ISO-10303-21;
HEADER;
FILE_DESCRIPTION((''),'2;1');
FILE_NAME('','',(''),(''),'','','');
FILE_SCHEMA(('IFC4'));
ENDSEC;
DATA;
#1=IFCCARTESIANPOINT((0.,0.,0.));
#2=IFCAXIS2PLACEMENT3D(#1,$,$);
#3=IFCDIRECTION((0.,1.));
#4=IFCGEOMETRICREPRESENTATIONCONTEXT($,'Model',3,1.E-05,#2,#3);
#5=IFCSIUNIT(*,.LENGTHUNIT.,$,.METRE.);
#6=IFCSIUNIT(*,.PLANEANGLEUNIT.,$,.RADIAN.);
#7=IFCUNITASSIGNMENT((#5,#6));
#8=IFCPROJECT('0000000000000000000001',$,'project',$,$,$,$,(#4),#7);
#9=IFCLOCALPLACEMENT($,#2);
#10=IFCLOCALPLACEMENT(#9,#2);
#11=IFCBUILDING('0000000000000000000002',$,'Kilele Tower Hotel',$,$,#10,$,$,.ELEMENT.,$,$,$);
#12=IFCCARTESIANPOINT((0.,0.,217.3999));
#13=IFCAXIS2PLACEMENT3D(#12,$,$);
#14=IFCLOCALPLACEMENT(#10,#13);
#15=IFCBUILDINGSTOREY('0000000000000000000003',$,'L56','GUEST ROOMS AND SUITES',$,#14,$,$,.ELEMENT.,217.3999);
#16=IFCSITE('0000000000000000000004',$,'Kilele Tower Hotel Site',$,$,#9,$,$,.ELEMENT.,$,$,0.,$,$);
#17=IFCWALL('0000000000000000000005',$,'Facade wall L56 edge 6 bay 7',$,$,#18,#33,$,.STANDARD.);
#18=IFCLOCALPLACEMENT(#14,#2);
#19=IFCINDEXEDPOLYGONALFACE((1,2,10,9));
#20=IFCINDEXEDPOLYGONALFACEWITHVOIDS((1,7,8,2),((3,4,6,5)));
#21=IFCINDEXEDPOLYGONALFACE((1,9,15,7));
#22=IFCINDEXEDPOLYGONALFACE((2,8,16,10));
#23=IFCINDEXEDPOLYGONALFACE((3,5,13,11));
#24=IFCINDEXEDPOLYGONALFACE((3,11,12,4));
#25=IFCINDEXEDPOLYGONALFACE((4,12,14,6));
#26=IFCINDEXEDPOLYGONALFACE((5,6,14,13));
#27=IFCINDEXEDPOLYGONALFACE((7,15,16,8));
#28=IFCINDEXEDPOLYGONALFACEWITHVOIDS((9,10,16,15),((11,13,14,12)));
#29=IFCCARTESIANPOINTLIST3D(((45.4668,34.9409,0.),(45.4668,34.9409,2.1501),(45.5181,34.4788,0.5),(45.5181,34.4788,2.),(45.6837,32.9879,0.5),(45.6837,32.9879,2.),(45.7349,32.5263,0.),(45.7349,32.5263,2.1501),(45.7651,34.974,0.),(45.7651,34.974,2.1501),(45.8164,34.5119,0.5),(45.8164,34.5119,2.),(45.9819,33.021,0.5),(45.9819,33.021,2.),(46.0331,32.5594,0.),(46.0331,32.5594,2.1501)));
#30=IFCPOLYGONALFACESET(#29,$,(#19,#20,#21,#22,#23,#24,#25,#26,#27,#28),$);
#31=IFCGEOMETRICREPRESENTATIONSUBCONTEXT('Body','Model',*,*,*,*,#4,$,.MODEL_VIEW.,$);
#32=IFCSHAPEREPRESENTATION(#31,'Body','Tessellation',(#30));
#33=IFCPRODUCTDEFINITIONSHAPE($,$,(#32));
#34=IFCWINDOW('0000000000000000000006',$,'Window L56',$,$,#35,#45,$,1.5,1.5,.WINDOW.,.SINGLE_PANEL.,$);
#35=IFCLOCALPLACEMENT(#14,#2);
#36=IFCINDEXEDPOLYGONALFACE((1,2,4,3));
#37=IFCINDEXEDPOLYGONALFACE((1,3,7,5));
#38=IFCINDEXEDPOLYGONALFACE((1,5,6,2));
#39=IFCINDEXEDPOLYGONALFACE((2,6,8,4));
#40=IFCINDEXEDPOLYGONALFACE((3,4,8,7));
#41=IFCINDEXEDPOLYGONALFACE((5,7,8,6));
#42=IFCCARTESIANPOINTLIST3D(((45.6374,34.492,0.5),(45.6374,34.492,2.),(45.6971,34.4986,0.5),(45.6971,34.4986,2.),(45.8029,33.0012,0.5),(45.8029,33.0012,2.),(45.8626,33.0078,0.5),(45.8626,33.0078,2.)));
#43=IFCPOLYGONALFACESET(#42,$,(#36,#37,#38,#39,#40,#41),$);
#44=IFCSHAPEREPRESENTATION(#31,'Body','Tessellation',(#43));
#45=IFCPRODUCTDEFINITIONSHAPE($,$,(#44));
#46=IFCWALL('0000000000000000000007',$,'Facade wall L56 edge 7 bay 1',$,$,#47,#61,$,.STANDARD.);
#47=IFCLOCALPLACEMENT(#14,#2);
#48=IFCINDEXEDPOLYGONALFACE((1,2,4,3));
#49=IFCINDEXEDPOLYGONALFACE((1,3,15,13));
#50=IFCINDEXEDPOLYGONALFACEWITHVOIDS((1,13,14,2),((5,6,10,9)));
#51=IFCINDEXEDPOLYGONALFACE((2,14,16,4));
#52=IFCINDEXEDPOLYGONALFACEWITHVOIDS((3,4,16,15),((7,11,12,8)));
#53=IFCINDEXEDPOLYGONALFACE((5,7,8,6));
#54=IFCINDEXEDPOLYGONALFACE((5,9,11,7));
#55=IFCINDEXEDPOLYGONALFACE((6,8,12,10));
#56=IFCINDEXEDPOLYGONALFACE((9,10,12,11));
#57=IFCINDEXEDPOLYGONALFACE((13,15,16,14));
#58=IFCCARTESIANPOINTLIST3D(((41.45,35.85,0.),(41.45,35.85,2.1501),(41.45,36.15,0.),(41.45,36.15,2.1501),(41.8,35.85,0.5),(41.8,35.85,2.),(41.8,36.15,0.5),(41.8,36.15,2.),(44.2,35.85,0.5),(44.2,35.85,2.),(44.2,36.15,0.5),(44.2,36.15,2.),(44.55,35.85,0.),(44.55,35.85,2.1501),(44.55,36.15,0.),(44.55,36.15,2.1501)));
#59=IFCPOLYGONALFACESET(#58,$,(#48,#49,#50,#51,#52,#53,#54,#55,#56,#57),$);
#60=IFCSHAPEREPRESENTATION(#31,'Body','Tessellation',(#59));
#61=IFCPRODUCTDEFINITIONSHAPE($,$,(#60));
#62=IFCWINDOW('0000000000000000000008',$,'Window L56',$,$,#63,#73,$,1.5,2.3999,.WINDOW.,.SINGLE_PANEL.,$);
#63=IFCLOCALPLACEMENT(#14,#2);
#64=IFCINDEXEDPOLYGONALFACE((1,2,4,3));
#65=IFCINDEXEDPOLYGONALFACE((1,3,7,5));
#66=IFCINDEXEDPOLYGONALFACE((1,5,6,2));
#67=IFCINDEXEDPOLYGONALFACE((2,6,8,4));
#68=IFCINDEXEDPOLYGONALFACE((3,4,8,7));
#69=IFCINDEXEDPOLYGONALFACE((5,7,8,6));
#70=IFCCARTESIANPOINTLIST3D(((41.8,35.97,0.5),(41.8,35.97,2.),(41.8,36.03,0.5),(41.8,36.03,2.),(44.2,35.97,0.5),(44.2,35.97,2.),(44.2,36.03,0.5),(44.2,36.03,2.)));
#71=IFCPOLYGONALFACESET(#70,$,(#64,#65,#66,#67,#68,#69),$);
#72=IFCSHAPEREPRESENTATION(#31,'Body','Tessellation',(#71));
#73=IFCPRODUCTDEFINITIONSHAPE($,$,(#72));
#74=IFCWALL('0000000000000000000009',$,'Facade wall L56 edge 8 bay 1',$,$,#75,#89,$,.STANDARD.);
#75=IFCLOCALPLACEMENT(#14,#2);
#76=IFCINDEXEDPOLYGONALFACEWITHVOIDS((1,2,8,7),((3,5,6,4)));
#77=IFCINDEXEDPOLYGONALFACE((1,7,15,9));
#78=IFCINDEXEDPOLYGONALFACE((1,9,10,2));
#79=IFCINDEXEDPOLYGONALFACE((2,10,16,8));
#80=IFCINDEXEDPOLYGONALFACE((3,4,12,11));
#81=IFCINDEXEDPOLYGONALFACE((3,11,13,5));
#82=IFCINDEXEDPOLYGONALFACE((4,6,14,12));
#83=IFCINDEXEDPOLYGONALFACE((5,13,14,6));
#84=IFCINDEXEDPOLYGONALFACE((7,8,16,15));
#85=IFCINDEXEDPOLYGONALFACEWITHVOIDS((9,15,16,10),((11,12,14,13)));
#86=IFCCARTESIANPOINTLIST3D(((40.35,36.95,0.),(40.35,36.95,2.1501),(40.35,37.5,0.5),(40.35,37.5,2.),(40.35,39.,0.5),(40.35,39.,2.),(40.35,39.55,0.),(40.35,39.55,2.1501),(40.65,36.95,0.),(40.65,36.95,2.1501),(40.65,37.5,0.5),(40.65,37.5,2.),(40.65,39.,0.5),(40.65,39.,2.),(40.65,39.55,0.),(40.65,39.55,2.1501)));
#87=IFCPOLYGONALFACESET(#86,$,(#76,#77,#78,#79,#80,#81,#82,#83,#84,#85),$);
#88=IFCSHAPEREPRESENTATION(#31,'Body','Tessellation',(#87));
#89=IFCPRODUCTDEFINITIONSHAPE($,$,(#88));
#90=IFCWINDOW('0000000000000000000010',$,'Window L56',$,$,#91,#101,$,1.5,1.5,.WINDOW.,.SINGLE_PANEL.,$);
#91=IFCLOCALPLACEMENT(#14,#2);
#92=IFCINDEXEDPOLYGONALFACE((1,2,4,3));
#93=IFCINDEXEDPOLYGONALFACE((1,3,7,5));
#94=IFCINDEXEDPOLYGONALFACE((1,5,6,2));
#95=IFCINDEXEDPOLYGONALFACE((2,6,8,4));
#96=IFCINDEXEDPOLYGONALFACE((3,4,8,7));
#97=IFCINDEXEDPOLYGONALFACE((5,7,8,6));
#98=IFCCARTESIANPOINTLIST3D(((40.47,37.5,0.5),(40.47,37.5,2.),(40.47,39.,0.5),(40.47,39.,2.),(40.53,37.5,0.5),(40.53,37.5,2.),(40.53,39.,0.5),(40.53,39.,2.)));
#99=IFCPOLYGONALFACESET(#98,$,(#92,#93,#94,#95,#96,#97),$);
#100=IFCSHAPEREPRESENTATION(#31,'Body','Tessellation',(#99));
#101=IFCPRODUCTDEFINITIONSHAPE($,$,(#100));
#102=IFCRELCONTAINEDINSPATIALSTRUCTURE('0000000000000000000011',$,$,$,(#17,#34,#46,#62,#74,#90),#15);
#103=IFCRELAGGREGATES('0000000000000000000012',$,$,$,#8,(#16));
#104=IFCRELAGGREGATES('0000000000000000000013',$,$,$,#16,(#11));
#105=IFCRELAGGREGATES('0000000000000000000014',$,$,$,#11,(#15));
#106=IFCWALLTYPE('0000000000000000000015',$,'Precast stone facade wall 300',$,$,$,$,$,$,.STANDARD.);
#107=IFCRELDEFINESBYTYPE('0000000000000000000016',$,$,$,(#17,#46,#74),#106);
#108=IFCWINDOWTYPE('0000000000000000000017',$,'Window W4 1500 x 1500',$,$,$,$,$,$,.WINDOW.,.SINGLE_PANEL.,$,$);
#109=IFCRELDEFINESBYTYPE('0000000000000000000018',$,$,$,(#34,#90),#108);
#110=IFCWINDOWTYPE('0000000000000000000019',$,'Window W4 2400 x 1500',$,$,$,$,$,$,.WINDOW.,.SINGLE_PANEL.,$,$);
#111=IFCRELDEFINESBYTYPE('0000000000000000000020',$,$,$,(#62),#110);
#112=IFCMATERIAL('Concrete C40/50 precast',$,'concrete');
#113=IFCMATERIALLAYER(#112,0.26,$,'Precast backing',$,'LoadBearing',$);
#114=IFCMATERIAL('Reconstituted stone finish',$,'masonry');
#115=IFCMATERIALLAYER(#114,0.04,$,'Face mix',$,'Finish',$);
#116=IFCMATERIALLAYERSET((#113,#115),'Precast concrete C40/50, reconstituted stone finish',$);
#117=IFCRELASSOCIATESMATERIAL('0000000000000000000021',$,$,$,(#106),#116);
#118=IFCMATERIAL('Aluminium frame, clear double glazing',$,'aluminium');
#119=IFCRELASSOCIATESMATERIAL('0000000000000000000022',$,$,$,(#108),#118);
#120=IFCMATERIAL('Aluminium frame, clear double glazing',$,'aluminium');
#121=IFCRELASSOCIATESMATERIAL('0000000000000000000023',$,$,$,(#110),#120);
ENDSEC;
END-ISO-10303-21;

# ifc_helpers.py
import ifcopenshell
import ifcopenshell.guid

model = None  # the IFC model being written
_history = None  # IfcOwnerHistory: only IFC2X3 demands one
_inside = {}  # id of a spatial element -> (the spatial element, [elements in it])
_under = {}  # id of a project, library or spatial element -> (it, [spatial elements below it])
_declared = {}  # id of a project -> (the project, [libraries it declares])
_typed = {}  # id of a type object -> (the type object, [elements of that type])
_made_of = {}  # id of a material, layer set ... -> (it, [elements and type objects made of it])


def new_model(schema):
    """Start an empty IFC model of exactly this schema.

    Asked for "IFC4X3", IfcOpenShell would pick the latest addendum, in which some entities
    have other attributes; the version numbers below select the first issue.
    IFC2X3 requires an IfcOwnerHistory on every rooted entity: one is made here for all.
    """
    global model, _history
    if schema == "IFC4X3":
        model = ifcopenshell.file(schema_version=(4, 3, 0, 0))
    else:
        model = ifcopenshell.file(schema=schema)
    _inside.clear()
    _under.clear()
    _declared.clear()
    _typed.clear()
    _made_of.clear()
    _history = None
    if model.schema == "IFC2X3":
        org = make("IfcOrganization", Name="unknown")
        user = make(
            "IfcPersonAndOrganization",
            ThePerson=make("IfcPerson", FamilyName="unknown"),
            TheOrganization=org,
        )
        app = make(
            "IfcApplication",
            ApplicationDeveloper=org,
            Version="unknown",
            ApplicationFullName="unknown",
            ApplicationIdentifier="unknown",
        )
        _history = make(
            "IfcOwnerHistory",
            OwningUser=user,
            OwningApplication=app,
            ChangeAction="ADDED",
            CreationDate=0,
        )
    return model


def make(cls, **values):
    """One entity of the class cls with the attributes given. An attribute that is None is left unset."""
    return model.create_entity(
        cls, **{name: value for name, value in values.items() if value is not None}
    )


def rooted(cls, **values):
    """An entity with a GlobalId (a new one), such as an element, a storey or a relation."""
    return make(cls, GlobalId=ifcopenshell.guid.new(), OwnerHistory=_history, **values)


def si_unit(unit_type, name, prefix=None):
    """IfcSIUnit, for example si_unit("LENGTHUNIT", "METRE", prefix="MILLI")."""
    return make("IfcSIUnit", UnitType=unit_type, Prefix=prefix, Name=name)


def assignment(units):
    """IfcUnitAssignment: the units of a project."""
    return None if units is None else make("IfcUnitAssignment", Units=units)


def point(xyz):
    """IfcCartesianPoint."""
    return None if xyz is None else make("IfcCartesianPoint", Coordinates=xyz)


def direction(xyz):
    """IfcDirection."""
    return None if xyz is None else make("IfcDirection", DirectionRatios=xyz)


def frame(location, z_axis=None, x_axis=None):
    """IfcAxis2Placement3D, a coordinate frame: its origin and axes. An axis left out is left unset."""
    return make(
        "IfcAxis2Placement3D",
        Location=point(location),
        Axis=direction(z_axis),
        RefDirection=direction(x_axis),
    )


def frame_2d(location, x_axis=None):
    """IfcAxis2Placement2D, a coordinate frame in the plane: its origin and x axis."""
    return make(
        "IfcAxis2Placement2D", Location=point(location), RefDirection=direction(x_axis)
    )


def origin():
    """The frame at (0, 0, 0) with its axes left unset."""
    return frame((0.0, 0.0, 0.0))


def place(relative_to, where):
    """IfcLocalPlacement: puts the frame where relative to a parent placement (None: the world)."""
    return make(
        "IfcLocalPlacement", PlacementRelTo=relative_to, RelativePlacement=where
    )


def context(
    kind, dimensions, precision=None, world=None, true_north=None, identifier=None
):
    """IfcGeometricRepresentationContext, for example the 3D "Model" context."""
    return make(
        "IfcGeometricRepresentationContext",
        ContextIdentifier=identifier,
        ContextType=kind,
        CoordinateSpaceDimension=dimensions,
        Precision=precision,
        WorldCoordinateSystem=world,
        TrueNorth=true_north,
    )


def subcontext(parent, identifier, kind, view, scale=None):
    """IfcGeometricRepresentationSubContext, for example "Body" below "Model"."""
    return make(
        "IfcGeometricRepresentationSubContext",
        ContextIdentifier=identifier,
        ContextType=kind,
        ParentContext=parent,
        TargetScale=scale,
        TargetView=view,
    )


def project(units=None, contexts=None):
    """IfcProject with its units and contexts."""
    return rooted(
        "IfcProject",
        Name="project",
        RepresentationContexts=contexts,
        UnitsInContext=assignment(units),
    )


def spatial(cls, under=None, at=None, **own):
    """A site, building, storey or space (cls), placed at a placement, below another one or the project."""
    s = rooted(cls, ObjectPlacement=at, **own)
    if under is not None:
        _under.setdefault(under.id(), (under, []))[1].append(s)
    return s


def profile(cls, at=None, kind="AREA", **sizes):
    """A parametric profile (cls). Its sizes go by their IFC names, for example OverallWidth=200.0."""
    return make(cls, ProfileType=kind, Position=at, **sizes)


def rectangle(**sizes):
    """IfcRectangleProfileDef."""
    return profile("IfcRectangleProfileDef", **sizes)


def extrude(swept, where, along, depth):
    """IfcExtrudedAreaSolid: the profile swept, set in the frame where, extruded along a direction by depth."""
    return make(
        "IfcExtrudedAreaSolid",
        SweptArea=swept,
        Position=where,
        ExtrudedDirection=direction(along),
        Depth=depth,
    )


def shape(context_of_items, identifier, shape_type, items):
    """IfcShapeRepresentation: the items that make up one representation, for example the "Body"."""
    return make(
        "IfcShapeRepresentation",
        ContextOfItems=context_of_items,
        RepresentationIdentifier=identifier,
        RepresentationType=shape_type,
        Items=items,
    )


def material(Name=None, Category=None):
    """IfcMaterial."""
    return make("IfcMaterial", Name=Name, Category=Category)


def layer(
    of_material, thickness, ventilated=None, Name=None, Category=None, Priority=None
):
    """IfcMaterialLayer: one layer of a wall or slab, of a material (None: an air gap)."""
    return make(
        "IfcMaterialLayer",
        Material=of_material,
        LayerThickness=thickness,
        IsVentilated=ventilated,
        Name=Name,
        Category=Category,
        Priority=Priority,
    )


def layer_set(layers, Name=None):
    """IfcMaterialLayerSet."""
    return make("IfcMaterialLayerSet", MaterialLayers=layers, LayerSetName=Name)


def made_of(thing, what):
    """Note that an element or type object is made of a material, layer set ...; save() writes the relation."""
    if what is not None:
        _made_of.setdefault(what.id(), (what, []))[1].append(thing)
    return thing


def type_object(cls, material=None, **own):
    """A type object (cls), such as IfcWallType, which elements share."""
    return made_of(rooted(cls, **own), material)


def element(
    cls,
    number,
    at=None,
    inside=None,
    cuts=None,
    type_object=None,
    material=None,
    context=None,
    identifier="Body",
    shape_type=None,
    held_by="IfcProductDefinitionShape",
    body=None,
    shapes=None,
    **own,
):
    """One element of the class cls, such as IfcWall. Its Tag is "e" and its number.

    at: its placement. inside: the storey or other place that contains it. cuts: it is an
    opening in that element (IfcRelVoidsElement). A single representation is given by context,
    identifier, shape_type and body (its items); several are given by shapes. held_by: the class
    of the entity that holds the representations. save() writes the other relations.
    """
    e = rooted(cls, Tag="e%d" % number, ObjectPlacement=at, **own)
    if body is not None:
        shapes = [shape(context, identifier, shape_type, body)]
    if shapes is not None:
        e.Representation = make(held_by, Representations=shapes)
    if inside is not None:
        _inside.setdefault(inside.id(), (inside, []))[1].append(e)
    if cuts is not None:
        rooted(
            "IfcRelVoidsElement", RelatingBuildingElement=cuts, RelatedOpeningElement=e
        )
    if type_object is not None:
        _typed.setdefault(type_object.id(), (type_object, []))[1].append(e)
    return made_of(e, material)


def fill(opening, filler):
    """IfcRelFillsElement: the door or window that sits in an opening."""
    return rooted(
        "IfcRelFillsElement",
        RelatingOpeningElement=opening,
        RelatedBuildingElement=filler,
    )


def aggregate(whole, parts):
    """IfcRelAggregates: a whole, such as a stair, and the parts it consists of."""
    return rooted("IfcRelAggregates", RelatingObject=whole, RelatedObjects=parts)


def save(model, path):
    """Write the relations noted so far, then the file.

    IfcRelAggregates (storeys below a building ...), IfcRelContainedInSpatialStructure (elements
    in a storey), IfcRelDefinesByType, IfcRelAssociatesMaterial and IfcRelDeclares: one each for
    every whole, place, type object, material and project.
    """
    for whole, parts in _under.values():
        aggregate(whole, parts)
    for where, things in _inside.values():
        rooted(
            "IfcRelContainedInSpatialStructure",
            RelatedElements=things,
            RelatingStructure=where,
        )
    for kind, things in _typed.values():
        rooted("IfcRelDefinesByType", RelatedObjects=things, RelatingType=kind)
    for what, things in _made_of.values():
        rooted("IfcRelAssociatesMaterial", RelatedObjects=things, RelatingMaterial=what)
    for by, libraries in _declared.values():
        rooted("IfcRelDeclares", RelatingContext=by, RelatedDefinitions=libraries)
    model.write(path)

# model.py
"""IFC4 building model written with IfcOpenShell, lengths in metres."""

from ifc_helpers import new_model, si_unit, direction, frame, frame_2d, origin, place, context, subcontext, project, spatial, rectangle, extrude, material, layer, layer_set, type_object, element, fill, save


model = new_model("IFC4")

# Units and contexts
model_context = context("Model", 3, precision=1e-05, world=origin(), true_north=direction((0.0, 1.0)))
body_context = subcontext(model_context, "Body", "Model", "MODEL_VIEW")
ifc_project = project(units=[si_unit("LENGTHUNIT", "METRE"), si_unit("PLANEANGLEUNIT", "RADIAN")], contexts=[model_context])

# Site, building, storey
site_placement = place(None, origin())
site = spatial("IfcSite", under=ifc_project, at=site_placement, Name="Kilele Tower Hotel Site", CompositionType="ELEMENT", RefElevation=0.0)
building_placement = place(site_placement, origin())
building = spatial("IfcBuilding", under=site, at=building_placement, Name="Kilele Tower Hotel", CompositionType="ELEMENT")
storey_placement = place(building_placement, frame((0.0, 0.0, 217.3999)))
storey = spatial("IfcBuildingStorey", under=building, at=storey_placement, Name="L56", Description="GUEST ROOMS AND SUITES", CompositionType="ELEMENT", Elevation=217.3999)

# Walls, openings, windows
ifc_material_1 = material(Name="Concrete C40/50 precast", Category="concrete")
ifc_layer_1 = layer(ifc_material_1, 0.26, Name="Precast backing", Category="LoadBearing")
ifc_material_2 = material(Name="Reconstituted stone finish", Category="masonry")
ifc_layer_2 = layer(ifc_material_2, 0.04, Name="Face mix", Category="Finish")
ifc_layer_set_1 = layer_set([ifc_layer_1, ifc_layer_2], Name="Precast concrete C40/50, reconstituted stone finish")
wall_type_1 = type_object("IfcWallType", Name="Precast stone facade wall 300", PredefinedType="STANDARD", material=ifc_layer_set_1)
wall_1_placement = place(storey_placement, frame((45.884, 32.5427, 0.0), z_axis=(0.0, 0.0, 1.0), x_axis=(-0.110343, 0.993894, 0.0)))
wall_1 = element("IfcWall", 1, at=wall_1_placement, inside=storey, type_object=wall_type_1, Name="Facade wall L56 edge 6 bay 7", PredefinedType="STANDARD", context=body_context, shape_type="SweptSolid", body=[
    extrude(rectangle(XDim=2.4294, YDim=0.3, at=frame_2d((1.2148, 0.0))), origin(), (0.0, 0.0, 1.0), 2.1501),
])
opening_1_placement = place(wall_1_placement, frame((0.4646, 0.0, 0.5)))
opening_1 = element("IfcOpeningElement", 2, at=opening_1_placement, cuts=wall_1, PredefinedType="OPENING", context=body_context, shape_type="SweptSolid", body=[
    extrude(rectangle(XDim=1.5, YDim=1.5, at=frame_2d((0.75, 0.75))), frame((0.0, 0.1599, 0.0), z_axis=(0.0, -1.0, 0.0), x_axis=(1.0, 0.0, 0.0)), (0.0, 0.0, 1.0), 0.3201),
])
ifc_material_3 = material(Name="Aluminium frame, clear double glazing", Category="aluminium")
window_type_1 = type_object("IfcWindowType", Name="Window W4 1500 x 1500", PartitioningType="SINGLE_PANEL", PredefinedType="WINDOW", material=ifc_material_3)
window_1_placement = place(opening_1_placement, origin())
window_1 = element("IfcWindow", 3, at=window_1_placement, inside=storey, type_object=window_type_1, Name="Window L56", OverallHeight=1.5, OverallWidth=1.5, PartitioningType="SINGLE_PANEL", PredefinedType="WINDOW", context=body_context, shape_type="SweptSolid", body=[
    extrude(rectangle(XDim=1.5, YDim=1.5, at=frame_2d((0.75, 0.75))), frame((0.0, 0.03, 0.0), z_axis=(0.0, -1.0, 0.0), x_axis=(1.0, 0.0, 0.0)), (0.0, 0.0, 1.0), 0.0601),
])
fill(opening_1, window_1)
wall_2_placement = place(storey_placement, frame((44.55, 36.0, 0.0), z_axis=(0.0, 0.0, 1.0), x_axis=(-1.0, 0.0, 0.0)))
wall_2 = element("IfcWall", 4, at=wall_2_placement, inside=storey, type_object=wall_type_1, Name="Facade wall L56 edge 7 bay 1", PredefinedType="STANDARD", context=body_context, shape_type="SweptSolid", body=[
    extrude(rectangle(XDim=3.1001, YDim=0.3, at=frame_2d((1.55, 0.0))), origin(), (0.0, 0.0, 1.0), 2.1501),
])
opening_2_placement = place(wall_2_placement, frame((0.3501, 0.0, 0.5)))
opening_2 = element("IfcOpeningElement", 5, at=opening_2_placement, cuts=wall_2, PredefinedType="OPENING", context=body_context, shape_type="SweptSolid", body=[
    extrude(rectangle(XDim=2.3999, YDim=1.5, at=frame_2d((1.2, 0.75))), frame((0.0, 0.1599, 0.0), z_axis=(0.0, -1.0, 0.0), x_axis=(1.0, 0.0, 0.0)), (0.0, 0.0, 1.0), 0.3201),
])
ifc_material_4 = material(Name="Aluminium frame, clear double glazing", Category="aluminium")
window_type_2 = type_object("IfcWindowType", Name="Window W4 2400 x 1500", PartitioningType="SINGLE_PANEL", PredefinedType="WINDOW", material=ifc_material_4)
window_2_placement = place(opening_2_placement, origin())
window_2 = element("IfcWindow", 6, at=window_2_placement, inside=storey, type_object=window_type_2, Name="Window L56", OverallHeight=1.5, OverallWidth=2.3999, PartitioningType="SINGLE_PANEL", PredefinedType="WINDOW", context=body_context, shape_type="SweptSolid", body=[
    extrude(rectangle(XDim=2.3999, YDim=1.5, at=frame_2d((1.2, 0.75))), frame((0.0, 0.03, 0.0), z_axis=(0.0, -1.0, 0.0), x_axis=(1.0, 0.0, 0.0)), (0.0, 0.0, 1.0), 0.0601),
])
fill(opening_2, window_2)
wall_3_placement = place(storey_placement, frame((40.5, 36.95, 0.0), z_axis=(0.0, 0.0, 1.0), x_axis=(0.0, 1.0, 0.0)))
wall_3 = element("IfcWall", 7, at=wall_3_placement, inside=storey, type_object=wall_type_1, Name="Facade wall L56 edge 8 bay 1", PredefinedType="STANDARD", context=body_context, shape_type="SweptSolid", body=[
    extrude(rectangle(XDim=2.6001, YDim=0.3, at=frame_2d((1.3, 0.0))), origin(), (0.0, 0.0, 1.0), 2.1501),
])
opening_3_placement = place(wall_3_placement, frame((0.55, 0.0, 0.5)))
opening_3 = element("IfcOpeningElement", 8, at=opening_3_placement, cuts=wall_3, PredefinedType="OPENING", context=body_context, shape_type="SweptSolid", body=[
    extrude(rectangle(XDim=1.5, YDim=1.5, at=frame_2d((0.75, 0.75))), frame((0.0, 0.1599, 0.0), z_axis=(0.0, -1.0, 0.0), x_axis=(1.0, 0.0, 0.0)), (0.0, 0.0, 1.0), 0.3201),
])
window_3_placement = place(opening_3_placement, origin())
window_3 = element("IfcWindow", 9, at=window_3_placement, inside=storey, type_object=window_type_1, Name="Window L56", OverallHeight=1.5, OverallWidth=1.5, PartitioningType="SINGLE_PANEL", PredefinedType="WINDOW", context=body_context, shape_type="SweptSolid", body=[
    extrude(rectangle(XDim=1.5, YDim=1.5, at=frame_2d((0.75, 0.75))), frame((0.0, 0.03, 0.0), z_axis=(0.0, -1.0, 0.0), x_axis=(1.0, 0.0, 0.0)), (0.0, 0.0, 1.0), 0.0601),
])
fill(opening_3, window_3)

save(model, "model.ifc")
